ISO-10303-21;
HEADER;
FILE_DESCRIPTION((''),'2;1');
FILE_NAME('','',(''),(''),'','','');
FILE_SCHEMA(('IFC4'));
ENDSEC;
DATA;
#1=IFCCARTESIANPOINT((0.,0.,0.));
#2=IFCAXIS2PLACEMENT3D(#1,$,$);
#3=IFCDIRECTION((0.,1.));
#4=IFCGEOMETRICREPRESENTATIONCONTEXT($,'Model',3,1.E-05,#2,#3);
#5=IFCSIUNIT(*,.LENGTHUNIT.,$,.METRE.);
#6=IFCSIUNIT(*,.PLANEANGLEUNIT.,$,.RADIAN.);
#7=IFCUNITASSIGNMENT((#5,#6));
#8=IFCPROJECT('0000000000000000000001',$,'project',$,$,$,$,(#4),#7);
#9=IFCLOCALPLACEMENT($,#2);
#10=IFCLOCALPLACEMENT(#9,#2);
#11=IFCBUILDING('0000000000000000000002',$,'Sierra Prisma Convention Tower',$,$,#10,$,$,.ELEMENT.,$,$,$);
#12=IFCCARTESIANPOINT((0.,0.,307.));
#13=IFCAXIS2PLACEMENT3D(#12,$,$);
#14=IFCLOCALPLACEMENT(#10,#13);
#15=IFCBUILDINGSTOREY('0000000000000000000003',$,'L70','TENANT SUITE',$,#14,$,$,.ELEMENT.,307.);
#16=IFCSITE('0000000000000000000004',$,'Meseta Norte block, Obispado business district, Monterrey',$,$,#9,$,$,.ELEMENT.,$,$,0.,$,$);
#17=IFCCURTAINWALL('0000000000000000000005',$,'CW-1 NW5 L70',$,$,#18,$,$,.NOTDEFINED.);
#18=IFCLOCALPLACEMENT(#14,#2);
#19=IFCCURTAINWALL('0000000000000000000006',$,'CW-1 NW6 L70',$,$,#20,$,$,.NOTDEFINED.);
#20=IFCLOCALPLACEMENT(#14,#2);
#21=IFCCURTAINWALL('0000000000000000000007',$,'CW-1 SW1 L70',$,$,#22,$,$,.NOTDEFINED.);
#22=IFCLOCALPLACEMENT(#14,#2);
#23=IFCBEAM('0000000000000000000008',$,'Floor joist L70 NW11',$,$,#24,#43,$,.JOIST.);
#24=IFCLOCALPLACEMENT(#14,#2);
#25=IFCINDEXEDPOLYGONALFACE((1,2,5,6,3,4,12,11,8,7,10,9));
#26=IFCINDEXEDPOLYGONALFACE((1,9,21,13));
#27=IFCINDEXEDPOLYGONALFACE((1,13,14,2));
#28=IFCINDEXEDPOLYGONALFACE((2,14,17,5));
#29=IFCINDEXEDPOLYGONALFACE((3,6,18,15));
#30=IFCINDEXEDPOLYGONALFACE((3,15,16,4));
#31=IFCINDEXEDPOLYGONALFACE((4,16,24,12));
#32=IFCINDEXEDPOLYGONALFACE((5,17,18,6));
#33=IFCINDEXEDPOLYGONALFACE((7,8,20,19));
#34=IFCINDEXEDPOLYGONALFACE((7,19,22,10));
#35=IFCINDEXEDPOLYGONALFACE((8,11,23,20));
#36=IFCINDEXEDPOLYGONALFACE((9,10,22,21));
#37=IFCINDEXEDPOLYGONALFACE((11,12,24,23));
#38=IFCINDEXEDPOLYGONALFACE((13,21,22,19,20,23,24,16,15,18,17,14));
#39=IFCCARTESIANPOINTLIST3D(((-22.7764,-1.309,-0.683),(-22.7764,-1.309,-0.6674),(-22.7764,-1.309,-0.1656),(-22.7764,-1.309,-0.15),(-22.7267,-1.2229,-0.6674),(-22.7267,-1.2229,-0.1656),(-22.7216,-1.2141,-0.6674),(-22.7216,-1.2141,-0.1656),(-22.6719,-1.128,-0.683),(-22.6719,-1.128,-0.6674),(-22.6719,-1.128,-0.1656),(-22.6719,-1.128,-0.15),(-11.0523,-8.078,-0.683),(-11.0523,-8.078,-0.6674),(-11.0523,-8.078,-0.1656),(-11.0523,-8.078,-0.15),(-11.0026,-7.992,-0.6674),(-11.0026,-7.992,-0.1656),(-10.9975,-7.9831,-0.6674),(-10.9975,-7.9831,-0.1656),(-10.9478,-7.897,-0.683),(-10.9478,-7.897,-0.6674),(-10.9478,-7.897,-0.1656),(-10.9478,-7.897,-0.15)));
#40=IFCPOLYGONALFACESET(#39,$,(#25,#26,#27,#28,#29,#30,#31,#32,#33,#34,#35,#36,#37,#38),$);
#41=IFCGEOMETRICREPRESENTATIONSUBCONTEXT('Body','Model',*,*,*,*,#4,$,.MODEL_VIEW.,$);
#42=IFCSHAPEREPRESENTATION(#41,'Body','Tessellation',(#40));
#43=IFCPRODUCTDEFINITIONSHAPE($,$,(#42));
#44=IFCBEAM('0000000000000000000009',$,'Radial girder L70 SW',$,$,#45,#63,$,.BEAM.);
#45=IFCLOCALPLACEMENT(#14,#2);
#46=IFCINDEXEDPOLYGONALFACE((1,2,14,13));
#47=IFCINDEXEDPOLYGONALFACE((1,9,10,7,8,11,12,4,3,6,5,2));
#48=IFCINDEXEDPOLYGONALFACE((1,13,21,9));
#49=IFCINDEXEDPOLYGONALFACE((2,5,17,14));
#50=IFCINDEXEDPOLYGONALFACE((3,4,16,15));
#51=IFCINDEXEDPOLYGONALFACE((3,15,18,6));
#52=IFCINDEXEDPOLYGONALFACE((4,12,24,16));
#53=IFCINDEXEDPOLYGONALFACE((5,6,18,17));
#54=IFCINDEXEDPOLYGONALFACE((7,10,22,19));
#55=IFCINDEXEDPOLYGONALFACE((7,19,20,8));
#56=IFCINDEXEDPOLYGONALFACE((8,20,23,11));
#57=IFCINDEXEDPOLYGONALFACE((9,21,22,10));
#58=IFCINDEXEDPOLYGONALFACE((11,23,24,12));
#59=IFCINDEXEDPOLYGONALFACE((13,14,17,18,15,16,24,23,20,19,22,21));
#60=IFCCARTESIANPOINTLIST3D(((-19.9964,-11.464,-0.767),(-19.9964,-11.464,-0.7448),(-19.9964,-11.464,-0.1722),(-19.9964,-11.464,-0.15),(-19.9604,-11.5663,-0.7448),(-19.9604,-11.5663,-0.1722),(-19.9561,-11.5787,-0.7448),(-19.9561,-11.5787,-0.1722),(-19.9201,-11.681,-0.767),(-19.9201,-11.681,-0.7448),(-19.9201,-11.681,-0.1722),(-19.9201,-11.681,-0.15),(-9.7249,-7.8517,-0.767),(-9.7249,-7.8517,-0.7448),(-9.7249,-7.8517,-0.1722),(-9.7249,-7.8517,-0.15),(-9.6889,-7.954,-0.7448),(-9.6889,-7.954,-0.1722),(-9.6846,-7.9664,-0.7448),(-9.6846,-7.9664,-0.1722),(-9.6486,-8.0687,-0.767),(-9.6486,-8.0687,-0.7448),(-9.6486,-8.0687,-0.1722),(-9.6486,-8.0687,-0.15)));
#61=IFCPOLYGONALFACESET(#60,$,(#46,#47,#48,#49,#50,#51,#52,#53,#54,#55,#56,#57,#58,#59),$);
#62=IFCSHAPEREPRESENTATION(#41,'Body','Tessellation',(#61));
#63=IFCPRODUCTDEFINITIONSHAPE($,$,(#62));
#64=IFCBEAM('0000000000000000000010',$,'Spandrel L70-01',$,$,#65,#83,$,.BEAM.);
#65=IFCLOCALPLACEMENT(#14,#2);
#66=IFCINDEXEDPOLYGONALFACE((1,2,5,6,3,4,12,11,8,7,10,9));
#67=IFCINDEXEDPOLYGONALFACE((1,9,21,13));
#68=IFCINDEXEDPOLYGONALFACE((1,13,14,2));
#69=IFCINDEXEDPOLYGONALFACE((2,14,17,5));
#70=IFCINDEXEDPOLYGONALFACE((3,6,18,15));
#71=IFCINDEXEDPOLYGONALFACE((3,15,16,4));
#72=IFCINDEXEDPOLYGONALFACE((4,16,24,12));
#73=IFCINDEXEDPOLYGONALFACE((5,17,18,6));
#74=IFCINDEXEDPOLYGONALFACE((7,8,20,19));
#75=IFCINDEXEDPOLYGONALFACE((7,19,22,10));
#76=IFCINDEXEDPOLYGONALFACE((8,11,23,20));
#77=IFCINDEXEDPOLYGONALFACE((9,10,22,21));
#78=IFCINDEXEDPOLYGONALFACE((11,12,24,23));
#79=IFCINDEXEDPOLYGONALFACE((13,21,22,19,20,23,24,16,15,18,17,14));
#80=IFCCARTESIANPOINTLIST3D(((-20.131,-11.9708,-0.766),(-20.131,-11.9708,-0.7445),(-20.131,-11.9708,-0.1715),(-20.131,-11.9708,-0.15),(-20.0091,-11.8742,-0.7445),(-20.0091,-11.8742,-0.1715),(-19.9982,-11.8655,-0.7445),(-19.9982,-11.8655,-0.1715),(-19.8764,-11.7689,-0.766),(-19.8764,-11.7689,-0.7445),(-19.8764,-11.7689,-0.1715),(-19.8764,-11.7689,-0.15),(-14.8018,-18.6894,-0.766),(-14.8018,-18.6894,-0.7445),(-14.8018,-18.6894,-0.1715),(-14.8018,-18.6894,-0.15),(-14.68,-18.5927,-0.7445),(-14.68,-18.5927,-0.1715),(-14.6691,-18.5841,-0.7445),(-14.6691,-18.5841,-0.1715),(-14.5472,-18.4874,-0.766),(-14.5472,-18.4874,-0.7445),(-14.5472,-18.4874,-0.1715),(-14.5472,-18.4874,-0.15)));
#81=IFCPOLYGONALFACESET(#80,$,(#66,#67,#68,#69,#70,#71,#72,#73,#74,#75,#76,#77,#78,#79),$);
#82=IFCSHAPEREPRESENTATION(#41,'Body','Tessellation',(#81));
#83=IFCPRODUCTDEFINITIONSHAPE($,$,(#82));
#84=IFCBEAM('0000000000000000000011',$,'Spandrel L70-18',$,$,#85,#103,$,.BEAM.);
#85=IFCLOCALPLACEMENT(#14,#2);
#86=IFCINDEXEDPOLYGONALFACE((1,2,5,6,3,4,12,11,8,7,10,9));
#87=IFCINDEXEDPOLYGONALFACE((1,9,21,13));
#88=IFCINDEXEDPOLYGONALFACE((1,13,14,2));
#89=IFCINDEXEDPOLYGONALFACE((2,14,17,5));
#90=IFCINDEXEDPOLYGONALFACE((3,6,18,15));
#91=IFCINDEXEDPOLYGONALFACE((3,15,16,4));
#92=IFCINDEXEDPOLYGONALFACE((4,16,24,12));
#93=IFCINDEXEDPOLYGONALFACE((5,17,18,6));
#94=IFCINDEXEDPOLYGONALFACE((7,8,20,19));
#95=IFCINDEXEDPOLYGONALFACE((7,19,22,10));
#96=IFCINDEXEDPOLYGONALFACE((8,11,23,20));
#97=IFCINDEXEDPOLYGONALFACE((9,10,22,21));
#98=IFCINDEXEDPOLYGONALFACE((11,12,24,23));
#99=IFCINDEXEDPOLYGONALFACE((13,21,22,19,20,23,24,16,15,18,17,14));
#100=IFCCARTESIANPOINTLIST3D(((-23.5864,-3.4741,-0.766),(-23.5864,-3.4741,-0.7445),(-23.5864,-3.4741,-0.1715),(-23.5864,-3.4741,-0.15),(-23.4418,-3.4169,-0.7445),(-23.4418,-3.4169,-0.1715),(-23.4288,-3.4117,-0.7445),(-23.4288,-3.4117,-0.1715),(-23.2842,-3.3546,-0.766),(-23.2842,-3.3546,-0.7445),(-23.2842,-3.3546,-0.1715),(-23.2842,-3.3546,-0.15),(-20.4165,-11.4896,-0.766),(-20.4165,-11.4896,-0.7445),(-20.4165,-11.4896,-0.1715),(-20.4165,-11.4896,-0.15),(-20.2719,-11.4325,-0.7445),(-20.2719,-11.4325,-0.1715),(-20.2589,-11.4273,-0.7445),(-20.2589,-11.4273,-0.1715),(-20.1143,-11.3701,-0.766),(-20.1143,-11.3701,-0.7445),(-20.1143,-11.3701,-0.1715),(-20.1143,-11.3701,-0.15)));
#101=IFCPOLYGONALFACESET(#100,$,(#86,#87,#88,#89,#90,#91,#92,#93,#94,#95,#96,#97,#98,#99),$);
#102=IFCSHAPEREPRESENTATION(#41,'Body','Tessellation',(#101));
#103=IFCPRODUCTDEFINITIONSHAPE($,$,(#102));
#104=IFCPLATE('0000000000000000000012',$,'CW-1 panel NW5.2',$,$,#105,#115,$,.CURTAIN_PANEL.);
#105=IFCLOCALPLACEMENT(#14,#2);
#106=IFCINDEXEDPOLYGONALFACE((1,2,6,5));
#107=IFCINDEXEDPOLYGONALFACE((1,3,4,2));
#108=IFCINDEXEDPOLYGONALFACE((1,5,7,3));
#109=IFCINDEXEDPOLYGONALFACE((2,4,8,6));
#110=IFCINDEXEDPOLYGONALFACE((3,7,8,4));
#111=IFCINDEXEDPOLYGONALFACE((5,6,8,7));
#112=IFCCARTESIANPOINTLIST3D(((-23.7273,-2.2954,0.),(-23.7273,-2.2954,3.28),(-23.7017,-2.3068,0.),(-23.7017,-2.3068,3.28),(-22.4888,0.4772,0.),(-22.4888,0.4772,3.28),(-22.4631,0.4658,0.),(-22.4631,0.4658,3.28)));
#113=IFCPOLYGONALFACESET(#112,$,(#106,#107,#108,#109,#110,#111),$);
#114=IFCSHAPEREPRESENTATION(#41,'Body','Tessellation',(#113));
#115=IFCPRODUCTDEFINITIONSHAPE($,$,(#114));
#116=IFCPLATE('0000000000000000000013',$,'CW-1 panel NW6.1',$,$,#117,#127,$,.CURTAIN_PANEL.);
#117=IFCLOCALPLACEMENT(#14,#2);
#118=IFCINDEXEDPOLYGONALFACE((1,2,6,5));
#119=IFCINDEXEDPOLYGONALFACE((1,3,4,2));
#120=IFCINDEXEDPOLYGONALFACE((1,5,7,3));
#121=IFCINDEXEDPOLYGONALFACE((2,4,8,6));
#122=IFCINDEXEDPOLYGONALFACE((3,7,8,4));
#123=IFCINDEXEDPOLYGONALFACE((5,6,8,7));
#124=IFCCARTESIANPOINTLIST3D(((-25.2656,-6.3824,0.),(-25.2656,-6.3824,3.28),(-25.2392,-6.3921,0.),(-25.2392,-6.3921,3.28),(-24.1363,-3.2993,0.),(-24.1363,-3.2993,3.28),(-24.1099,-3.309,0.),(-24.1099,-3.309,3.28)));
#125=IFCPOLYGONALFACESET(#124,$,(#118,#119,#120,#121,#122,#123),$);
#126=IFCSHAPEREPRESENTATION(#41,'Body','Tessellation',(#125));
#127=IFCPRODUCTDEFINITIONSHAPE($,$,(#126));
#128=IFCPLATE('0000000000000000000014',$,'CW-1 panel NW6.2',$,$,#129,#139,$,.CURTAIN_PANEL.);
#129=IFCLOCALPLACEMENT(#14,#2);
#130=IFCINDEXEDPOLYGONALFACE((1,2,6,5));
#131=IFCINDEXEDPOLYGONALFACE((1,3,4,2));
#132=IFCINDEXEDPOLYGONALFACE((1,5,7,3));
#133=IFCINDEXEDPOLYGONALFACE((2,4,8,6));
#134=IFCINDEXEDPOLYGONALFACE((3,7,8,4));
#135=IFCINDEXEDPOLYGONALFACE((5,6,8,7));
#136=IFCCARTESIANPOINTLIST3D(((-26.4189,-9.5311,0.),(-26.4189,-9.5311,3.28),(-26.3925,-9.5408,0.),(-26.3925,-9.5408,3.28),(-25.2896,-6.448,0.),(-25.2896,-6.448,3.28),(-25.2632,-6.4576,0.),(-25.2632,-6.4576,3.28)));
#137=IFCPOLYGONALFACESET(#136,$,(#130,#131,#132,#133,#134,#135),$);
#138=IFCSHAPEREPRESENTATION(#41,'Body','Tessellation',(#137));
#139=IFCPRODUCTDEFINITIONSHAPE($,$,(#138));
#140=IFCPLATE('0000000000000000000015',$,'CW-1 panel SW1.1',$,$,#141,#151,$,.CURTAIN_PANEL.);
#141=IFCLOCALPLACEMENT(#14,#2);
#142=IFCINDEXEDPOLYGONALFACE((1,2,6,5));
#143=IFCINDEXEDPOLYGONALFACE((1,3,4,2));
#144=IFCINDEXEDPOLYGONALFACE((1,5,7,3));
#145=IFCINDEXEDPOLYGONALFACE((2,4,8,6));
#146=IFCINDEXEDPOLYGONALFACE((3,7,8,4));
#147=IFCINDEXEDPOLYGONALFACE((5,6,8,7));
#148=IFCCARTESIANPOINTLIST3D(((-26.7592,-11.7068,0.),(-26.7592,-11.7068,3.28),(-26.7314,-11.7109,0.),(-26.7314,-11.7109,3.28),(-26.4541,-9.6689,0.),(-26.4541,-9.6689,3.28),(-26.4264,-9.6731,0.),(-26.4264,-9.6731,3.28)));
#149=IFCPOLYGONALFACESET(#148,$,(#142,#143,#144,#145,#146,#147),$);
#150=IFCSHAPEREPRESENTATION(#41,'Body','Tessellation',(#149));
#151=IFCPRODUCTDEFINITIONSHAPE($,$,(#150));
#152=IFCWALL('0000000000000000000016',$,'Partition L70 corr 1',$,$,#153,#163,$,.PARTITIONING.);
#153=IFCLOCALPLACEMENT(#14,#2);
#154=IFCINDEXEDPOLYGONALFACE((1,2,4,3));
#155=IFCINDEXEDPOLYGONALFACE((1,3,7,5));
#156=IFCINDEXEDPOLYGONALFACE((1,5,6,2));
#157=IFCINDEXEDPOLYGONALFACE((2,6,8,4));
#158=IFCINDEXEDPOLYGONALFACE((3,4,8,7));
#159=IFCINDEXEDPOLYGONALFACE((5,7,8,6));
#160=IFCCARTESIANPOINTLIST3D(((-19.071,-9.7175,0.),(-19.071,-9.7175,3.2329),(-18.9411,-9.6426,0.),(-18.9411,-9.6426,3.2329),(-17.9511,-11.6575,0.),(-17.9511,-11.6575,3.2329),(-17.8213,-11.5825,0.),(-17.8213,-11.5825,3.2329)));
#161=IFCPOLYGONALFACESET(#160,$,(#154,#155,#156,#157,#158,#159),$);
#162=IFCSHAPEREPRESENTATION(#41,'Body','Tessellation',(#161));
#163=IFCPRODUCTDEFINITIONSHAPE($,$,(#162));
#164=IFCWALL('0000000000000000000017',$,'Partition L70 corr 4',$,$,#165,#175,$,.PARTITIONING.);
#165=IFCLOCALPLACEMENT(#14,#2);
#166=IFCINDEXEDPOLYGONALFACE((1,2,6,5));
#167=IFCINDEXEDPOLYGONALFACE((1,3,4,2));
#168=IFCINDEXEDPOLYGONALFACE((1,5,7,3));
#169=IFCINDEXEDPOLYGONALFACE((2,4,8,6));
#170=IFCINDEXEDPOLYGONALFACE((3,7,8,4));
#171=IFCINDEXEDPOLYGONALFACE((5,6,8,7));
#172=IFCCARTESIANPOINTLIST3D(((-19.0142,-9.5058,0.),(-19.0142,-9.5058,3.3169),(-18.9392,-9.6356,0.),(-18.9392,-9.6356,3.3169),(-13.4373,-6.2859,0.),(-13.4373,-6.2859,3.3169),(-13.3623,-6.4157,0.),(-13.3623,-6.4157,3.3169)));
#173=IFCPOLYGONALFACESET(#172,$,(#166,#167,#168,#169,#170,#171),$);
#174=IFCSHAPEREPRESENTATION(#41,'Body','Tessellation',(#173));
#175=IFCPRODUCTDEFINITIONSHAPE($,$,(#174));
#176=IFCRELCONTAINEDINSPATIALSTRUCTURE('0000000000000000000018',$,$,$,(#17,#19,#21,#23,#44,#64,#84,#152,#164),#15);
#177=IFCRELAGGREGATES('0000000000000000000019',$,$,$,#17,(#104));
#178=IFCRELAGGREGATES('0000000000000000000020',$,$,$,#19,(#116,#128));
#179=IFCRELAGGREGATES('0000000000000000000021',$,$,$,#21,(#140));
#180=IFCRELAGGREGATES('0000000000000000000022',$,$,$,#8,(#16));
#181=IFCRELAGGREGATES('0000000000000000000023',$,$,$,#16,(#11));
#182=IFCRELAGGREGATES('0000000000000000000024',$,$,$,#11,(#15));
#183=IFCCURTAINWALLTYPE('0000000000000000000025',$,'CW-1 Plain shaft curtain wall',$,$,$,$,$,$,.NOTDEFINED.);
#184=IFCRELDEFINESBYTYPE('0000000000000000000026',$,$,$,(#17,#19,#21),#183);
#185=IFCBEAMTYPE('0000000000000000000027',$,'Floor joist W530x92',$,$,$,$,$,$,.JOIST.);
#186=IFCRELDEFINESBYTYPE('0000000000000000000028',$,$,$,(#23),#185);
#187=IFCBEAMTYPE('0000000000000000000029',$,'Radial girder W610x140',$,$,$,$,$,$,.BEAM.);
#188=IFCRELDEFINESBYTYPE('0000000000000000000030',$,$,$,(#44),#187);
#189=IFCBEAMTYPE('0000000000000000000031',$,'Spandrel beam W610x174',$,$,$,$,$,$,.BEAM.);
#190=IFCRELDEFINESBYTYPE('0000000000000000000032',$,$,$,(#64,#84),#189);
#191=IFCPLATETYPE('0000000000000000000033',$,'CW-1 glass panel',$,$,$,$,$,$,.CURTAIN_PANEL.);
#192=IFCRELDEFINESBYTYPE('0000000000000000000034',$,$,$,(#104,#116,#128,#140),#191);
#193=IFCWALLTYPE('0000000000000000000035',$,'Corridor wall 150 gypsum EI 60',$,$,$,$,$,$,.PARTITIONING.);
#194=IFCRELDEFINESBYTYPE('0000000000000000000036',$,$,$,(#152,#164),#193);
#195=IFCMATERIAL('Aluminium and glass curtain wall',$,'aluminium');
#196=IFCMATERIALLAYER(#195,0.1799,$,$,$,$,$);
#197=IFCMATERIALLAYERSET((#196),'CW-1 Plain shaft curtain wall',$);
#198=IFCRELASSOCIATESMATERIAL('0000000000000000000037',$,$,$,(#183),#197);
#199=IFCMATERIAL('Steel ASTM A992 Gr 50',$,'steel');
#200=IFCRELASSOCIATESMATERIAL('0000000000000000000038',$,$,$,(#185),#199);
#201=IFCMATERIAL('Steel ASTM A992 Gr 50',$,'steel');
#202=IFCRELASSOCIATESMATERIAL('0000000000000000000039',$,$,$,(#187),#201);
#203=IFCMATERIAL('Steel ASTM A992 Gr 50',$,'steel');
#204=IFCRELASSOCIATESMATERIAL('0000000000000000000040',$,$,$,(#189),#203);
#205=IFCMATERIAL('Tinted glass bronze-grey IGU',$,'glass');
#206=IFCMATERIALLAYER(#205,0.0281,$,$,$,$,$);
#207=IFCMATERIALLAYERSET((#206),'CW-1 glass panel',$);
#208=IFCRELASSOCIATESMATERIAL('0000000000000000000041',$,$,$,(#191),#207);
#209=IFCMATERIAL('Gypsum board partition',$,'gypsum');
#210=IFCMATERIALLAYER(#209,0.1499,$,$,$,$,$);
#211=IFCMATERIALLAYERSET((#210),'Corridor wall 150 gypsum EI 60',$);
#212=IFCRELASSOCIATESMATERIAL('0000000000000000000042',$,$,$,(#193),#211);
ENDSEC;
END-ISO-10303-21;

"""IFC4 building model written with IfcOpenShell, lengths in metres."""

from ifc_helpers import new_model, si_unit, direction, frame, frame_2d, origin, origin_2d, place, context, subcontext, project, spatial, rectangle, i_section, extrude, material, layer, layer_set, material_profile, profile_set, type_object, element, aggregate, save


model = new_model("IFC4")

# Units and contexts
model_context = context("Model", 3, precision=1e-05, world=origin(), true_north=direction((0.0, 1.0)))
body_context = subcontext(model_context, "Body", "Model", "MODEL_VIEW")
ifc_project = project(units=[si_unit("LENGTHUNIT", "METRE"), si_unit("PLANEANGLEUNIT", "RADIAN")], contexts=[model_context])

# Site, building, storey
site_placement = place(None, origin())
site = spatial("IfcSite", under=ifc_project, at=site_placement, Name="Meseta Norte block, Obispado business district, Monterrey", CompositionType="ELEMENT", RefElevation=0.0)
building_placement = place(site_placement, origin())
building = spatial("IfcBuilding", under=site, at=building_placement, Name="Sierra Prisma Convention Tower", CompositionType="ELEMENT")
storey_placement = place(building_placement, frame((0.0, 0.0, 307.0)))
storey = spatial("IfcBuildingStorey", under=building, at=storey_placement, Name="L70", Description="TENANT SUITE", CompositionType="ELEMENT", Elevation=307.0)

# Curtain walls
ifc_material_1 = material(Name="Aluminium and glass curtain wall", Category="aluminium")
ifc_layer_1 = layer(ifc_material_1, 0.1799)
ifc_layer_set_1 = layer_set([ifc_layer_1], Name="CW-1 Plain shaft curtain wall")
curtain_wall_type = type_object("IfcCurtainWallType", Name="CW-1 Plain shaft curtain wall", PredefinedType="NOTDEFINED", material=ifc_layer_set_1)
curtain_wall_1_placement = place(storey_placement, origin())
curtain_wall_1 = element("IfcCurtainWall", 1, at=curtain_wall_1_placement, inside=storey, type_object=curtain_wall_type, Name="CW-1 NW5 L70", PredefinedType="NOTDEFINED")
curtain_wall_2_placement = place(storey_placement, origin())
curtain_wall_2 = element("IfcCurtainWall", 2, at=curtain_wall_2_placement, inside=storey, type_object=curtain_wall_type, Name="CW-1 NW6 L70", PredefinedType="NOTDEFINED")
curtain_wall_3_placement = place(storey_placement, origin())
curtain_wall_3 = element("IfcCurtainWall", 3, at=curtain_wall_3_placement, inside=storey, type_object=curtain_wall_type, Name="CW-1 SW1 L70", PredefinedType="NOTDEFINED")

# Beams
ifc_material_2 = material(Name="Steel ASTM A992 Gr 50", Category="steel")
ifc_material_profile_1 = material_profile(ifc_material_2, i_section(OverallWidth=0.209, OverallDepth=0.533, WebThickness=0.0103, FlangeThickness=0.0156, at=origin_2d()), Name="W530x92")
ifc_profile_set_1 = profile_set([ifc_material_profile_1], Name="Steel ASTM A992 Gr 50")
beam_type_1 = type_object("IfcBeamType", Name="Floor joist W530x92", PredefinedType="JOIST", material=ifc_profile_set_1)
beam_1_placement = place(storey_placement, frame((-22.7241, -1.2185, -0.4165), z_axis=(0.866022, -0.500007, 0.0), x_axis=(0.500007, 0.866022, 0.0)))
element("IfcBeam", 4, at=beam_1_placement, inside=storey, type_object=beam_type_1, Name="Floor joist L70 NW11", PredefinedType="JOIST", context=body_context, shape_type="SweptSolid", body=[
    extrude(i_section(OverallWidth=0.209, OverallDepth=0.533, WebThickness=0.0103, FlangeThickness=0.0156, at=origin_2d()), origin(), (0.0, 0.0, 1.0), 13.5378),
])
ifc_material_3 = material(Name="Steel ASTM A992 Gr 50", Category="steel")
ifc_material_profile_2 = material_profile(ifc_material_3, i_section(OverallWidth=0.23, OverallDepth=0.6169, WebThickness=0.0132, FlangeThickness=0.0222, at=origin_2d()), Name="W610x140")
ifc_profile_set_2 = profile_set([ifc_material_profile_2], Name="Steel ASTM A992 Gr 50")
beam_type_2 = type_object("IfcBeamType", Name="Radial girder W610x140", PredefinedType="BEAM", material=ifc_profile_set_2)
beam_2_placement = place(storey_placement, frame((-19.9583, -11.5725, -0.4585), z_axis=(0.943362, 0.331764, 0.0), x_axis=(-0.331764, 0.943362, 0.0)))
element("IfcBeam", 5, at=beam_2_placement, inside=storey, type_object=beam_type_2, Name="Radial girder L70 SW", PredefinedType="BEAM", context=body_context, shape_type="SweptSolid", body=[
    extrude(i_section(OverallWidth=0.23, OverallDepth=0.6169, WebThickness=0.0132, FlangeThickness=0.0222, at=origin_2d()), origin(), (0.0, 0.0, 1.0), 10.8882),
])
ifc_material_4 = material(Name="Steel ASTM A992 Gr 50", Category="steel")
ifc_material_profile_3 = material_profile(ifc_material_4, i_section(OverallWidth=0.325, OverallDepth=0.616, WebThickness=0.0139, FlangeThickness=0.0215, at=origin_2d()), Name="W610x174")
ifc_profile_set_3 = profile_set([ifc_material_profile_3], Name="Steel ASTM A992 Gr 50")
beam_type_3 = type_object("IfcBeamType", Name="Spandrel beam W610x174", PredefinedType="BEAM", material=ifc_profile_set_3)
beam_3_placement = place(storey_placement, frame((-20.0037, -11.8699, -0.458), z_axis=(0.62144, -0.783462, 0.0), x_axis=(0.783462, 0.62144, 0.0)))
element("IfcBeam", 6, at=beam_3_placement, inside=storey, type_object=beam_type_3, Name="Spandrel L70-01", PredefinedType="BEAM", context=body_context, shape_type="SweptSolid", body=[
    extrude(i_section(OverallWidth=0.325, OverallDepth=0.616, WebThickness=0.0139, FlangeThickness=0.0215, at=origin_2d()), origin(), (0.0, 0.0, 1.0), 8.5754),
])
beam_4_placement = place(storey_placement, frame((-23.4353, -3.4143, -0.458), z_axis=(0.367755, -0.929923, 0.0), x_axis=(0.929923, 0.367755, 0.0)))
element("IfcBeam", 7, at=beam_4_placement, inside=storey, type_object=beam_type_3, Name="Spandrel L70-18", PredefinedType="BEAM", context=body_context, shape_type="SweptSolid", body=[
    extrude(i_section(OverallWidth=0.325, OverallDepth=0.616, WebThickness=0.0139, FlangeThickness=0.0215, at=origin_2d()), origin(), (0.0, 0.0, 1.0), 8.6196),
])

# Plates
ifc_material_5 = material(Name="Tinted glass bronze-grey IGU", Category="glass")
ifc_layer_2 = layer(ifc_material_5, 0.0281)
ifc_layer_set_2 = layer_set([ifc_layer_2], Name="CW-1 glass panel")
plate_type = type_object("IfcPlateType", Name="CW-1 glass panel", PredefinedType="CURTAIN_PANEL", material=ifc_layer_set_2)
plate_1_placement = place(storey_placement, frame((-23.0952, -0.9148, 0.0), z_axis=(0.0, 0.0, 1.0), x_axis=(-0.407858, -0.913045, 0.0)))
plate_1 = element("IfcPlate", 8, at=plate_1_placement, type_object=plate_type, Name="CW-1 panel NW5.2", PredefinedType="CURTAIN_PANEL", context=body_context, shape_type="SweptSolid", body=[
    extrude(rectangle(XDim=3.0366, YDim=0.0281, at=origin_2d()), origin(), (0.0, 0.0, 1.0), 3.28),
])
aggregate(curtain_wall_1, [plate_1])
plate_2_placement = place(storey_placement, frame((-24.6877, -4.8457, 0.0), z_axis=(0.0, 0.0, 1.0), x_axis=(-0.343942, -0.938991, 0.0)))
plate_2 = element("IfcPlate", 9, at=plate_2_placement, type_object=plate_type, Name="CW-1 panel NW6.1", PredefinedType="CURTAIN_PANEL", context=body_context, shape_type="SweptSolid", body=[
    extrude(rectangle(XDim=3.2834, YDim=0.0281, at=origin_2d()), origin(), (0.0, 0.0, 1.0), 3.28),
])
plate_3_placement = place(storey_placement, frame((-25.8411, -7.9944, 0.0), z_axis=(0.0, 0.0, 1.0), x_axis=(-0.343942, -0.938991, 0.0)))
plate_3 = element("IfcPlate", 10, at=plate_3_placement, type_object=plate_type, Name="CW-1 panel NW6.2", PredefinedType="CURTAIN_PANEL", context=body_context, shape_type="SweptSolid", body=[
    extrude(rectangle(XDim=3.2834, YDim=0.0281, at=origin_2d()), origin(), (0.0, 0.0, 1.0), 3.28),
])
aggregate(curtain_wall_2, [plate_2, plate_3])
plate_4_placement = place(storey_placement, frame((-26.5928, -10.6899, 0.0), z_axis=(0.0, 0.0, 1.0), x_axis=(-0.148026, -0.988984, 0.0)))
plate_4 = element("IfcPlate", 11, at=plate_4_placement, type_object=plate_type, Name="CW-1 panel SW1.1", PredefinedType="CURTAIN_PANEL", context=body_context, shape_type="SweptSolid", body=[
    extrude(rectangle(XDim=2.0605, YDim=0.0281, at=origin_2d()), origin(), (0.0, 0.0, 1.0), 3.28),
])
aggregate(curtain_wall_3, [plate_4])

# Walls
ifc_material_6 = material(Name="Gypsum board partition", Category="gypsum")
ifc_layer_3 = layer(ifc_material_6, 0.1499)
ifc_layer_set_3 = layer_set([ifc_layer_3], Name="Corridor wall 150 gypsum EI 60")
wall_type_1 = type_object("IfcWallType", Name="Corridor wall 150 gypsum EI 60", PredefinedType="PARTITIONING", material=ifc_layer_set_3)
wall_1_placement = place(storey_placement, frame((-19.0061, -9.6799, 0.0), z_axis=(0.0, 0.0, 1.0), x_axis=(0.499949, -0.866055, 0.0)))
element("IfcWall", 12, at=wall_1_placement, inside=storey, type_object=wall_type_1, Name="Partition L70 corr 1", PredefinedType="PARTITIONING", context=body_context, shape_type="SweptSolid", body=[
    extrude(rectangle(XDim=2.24, YDim=0.1499, at=frame_2d((1.1201, 0.0))), origin(), (0.0, 0.0, 1.0), 3.2329),
])
wall_2_placement = place(storey_placement, frame((-13.3999, -6.3508, 0.0), z_axis=(0.0, 0.0, 1.0), x_axis=(-0.866016, -0.500017, 0.0)))
element("IfcWall", 13, at=wall_2_placement, inside=storey, type_object=wall_type_1, Name="Partition L70 corr 4", PredefinedType="PARTITIONING", context=body_context, shape_type="SweptSolid", body=[
    extrude(rectangle(XDim=6.4397, YDim=0.1499, at=frame_2d((3.2197, 0.0))), origin(), (0.0, 0.0, 1.0), 3.3169),
])

save(model, "model.ifc")
